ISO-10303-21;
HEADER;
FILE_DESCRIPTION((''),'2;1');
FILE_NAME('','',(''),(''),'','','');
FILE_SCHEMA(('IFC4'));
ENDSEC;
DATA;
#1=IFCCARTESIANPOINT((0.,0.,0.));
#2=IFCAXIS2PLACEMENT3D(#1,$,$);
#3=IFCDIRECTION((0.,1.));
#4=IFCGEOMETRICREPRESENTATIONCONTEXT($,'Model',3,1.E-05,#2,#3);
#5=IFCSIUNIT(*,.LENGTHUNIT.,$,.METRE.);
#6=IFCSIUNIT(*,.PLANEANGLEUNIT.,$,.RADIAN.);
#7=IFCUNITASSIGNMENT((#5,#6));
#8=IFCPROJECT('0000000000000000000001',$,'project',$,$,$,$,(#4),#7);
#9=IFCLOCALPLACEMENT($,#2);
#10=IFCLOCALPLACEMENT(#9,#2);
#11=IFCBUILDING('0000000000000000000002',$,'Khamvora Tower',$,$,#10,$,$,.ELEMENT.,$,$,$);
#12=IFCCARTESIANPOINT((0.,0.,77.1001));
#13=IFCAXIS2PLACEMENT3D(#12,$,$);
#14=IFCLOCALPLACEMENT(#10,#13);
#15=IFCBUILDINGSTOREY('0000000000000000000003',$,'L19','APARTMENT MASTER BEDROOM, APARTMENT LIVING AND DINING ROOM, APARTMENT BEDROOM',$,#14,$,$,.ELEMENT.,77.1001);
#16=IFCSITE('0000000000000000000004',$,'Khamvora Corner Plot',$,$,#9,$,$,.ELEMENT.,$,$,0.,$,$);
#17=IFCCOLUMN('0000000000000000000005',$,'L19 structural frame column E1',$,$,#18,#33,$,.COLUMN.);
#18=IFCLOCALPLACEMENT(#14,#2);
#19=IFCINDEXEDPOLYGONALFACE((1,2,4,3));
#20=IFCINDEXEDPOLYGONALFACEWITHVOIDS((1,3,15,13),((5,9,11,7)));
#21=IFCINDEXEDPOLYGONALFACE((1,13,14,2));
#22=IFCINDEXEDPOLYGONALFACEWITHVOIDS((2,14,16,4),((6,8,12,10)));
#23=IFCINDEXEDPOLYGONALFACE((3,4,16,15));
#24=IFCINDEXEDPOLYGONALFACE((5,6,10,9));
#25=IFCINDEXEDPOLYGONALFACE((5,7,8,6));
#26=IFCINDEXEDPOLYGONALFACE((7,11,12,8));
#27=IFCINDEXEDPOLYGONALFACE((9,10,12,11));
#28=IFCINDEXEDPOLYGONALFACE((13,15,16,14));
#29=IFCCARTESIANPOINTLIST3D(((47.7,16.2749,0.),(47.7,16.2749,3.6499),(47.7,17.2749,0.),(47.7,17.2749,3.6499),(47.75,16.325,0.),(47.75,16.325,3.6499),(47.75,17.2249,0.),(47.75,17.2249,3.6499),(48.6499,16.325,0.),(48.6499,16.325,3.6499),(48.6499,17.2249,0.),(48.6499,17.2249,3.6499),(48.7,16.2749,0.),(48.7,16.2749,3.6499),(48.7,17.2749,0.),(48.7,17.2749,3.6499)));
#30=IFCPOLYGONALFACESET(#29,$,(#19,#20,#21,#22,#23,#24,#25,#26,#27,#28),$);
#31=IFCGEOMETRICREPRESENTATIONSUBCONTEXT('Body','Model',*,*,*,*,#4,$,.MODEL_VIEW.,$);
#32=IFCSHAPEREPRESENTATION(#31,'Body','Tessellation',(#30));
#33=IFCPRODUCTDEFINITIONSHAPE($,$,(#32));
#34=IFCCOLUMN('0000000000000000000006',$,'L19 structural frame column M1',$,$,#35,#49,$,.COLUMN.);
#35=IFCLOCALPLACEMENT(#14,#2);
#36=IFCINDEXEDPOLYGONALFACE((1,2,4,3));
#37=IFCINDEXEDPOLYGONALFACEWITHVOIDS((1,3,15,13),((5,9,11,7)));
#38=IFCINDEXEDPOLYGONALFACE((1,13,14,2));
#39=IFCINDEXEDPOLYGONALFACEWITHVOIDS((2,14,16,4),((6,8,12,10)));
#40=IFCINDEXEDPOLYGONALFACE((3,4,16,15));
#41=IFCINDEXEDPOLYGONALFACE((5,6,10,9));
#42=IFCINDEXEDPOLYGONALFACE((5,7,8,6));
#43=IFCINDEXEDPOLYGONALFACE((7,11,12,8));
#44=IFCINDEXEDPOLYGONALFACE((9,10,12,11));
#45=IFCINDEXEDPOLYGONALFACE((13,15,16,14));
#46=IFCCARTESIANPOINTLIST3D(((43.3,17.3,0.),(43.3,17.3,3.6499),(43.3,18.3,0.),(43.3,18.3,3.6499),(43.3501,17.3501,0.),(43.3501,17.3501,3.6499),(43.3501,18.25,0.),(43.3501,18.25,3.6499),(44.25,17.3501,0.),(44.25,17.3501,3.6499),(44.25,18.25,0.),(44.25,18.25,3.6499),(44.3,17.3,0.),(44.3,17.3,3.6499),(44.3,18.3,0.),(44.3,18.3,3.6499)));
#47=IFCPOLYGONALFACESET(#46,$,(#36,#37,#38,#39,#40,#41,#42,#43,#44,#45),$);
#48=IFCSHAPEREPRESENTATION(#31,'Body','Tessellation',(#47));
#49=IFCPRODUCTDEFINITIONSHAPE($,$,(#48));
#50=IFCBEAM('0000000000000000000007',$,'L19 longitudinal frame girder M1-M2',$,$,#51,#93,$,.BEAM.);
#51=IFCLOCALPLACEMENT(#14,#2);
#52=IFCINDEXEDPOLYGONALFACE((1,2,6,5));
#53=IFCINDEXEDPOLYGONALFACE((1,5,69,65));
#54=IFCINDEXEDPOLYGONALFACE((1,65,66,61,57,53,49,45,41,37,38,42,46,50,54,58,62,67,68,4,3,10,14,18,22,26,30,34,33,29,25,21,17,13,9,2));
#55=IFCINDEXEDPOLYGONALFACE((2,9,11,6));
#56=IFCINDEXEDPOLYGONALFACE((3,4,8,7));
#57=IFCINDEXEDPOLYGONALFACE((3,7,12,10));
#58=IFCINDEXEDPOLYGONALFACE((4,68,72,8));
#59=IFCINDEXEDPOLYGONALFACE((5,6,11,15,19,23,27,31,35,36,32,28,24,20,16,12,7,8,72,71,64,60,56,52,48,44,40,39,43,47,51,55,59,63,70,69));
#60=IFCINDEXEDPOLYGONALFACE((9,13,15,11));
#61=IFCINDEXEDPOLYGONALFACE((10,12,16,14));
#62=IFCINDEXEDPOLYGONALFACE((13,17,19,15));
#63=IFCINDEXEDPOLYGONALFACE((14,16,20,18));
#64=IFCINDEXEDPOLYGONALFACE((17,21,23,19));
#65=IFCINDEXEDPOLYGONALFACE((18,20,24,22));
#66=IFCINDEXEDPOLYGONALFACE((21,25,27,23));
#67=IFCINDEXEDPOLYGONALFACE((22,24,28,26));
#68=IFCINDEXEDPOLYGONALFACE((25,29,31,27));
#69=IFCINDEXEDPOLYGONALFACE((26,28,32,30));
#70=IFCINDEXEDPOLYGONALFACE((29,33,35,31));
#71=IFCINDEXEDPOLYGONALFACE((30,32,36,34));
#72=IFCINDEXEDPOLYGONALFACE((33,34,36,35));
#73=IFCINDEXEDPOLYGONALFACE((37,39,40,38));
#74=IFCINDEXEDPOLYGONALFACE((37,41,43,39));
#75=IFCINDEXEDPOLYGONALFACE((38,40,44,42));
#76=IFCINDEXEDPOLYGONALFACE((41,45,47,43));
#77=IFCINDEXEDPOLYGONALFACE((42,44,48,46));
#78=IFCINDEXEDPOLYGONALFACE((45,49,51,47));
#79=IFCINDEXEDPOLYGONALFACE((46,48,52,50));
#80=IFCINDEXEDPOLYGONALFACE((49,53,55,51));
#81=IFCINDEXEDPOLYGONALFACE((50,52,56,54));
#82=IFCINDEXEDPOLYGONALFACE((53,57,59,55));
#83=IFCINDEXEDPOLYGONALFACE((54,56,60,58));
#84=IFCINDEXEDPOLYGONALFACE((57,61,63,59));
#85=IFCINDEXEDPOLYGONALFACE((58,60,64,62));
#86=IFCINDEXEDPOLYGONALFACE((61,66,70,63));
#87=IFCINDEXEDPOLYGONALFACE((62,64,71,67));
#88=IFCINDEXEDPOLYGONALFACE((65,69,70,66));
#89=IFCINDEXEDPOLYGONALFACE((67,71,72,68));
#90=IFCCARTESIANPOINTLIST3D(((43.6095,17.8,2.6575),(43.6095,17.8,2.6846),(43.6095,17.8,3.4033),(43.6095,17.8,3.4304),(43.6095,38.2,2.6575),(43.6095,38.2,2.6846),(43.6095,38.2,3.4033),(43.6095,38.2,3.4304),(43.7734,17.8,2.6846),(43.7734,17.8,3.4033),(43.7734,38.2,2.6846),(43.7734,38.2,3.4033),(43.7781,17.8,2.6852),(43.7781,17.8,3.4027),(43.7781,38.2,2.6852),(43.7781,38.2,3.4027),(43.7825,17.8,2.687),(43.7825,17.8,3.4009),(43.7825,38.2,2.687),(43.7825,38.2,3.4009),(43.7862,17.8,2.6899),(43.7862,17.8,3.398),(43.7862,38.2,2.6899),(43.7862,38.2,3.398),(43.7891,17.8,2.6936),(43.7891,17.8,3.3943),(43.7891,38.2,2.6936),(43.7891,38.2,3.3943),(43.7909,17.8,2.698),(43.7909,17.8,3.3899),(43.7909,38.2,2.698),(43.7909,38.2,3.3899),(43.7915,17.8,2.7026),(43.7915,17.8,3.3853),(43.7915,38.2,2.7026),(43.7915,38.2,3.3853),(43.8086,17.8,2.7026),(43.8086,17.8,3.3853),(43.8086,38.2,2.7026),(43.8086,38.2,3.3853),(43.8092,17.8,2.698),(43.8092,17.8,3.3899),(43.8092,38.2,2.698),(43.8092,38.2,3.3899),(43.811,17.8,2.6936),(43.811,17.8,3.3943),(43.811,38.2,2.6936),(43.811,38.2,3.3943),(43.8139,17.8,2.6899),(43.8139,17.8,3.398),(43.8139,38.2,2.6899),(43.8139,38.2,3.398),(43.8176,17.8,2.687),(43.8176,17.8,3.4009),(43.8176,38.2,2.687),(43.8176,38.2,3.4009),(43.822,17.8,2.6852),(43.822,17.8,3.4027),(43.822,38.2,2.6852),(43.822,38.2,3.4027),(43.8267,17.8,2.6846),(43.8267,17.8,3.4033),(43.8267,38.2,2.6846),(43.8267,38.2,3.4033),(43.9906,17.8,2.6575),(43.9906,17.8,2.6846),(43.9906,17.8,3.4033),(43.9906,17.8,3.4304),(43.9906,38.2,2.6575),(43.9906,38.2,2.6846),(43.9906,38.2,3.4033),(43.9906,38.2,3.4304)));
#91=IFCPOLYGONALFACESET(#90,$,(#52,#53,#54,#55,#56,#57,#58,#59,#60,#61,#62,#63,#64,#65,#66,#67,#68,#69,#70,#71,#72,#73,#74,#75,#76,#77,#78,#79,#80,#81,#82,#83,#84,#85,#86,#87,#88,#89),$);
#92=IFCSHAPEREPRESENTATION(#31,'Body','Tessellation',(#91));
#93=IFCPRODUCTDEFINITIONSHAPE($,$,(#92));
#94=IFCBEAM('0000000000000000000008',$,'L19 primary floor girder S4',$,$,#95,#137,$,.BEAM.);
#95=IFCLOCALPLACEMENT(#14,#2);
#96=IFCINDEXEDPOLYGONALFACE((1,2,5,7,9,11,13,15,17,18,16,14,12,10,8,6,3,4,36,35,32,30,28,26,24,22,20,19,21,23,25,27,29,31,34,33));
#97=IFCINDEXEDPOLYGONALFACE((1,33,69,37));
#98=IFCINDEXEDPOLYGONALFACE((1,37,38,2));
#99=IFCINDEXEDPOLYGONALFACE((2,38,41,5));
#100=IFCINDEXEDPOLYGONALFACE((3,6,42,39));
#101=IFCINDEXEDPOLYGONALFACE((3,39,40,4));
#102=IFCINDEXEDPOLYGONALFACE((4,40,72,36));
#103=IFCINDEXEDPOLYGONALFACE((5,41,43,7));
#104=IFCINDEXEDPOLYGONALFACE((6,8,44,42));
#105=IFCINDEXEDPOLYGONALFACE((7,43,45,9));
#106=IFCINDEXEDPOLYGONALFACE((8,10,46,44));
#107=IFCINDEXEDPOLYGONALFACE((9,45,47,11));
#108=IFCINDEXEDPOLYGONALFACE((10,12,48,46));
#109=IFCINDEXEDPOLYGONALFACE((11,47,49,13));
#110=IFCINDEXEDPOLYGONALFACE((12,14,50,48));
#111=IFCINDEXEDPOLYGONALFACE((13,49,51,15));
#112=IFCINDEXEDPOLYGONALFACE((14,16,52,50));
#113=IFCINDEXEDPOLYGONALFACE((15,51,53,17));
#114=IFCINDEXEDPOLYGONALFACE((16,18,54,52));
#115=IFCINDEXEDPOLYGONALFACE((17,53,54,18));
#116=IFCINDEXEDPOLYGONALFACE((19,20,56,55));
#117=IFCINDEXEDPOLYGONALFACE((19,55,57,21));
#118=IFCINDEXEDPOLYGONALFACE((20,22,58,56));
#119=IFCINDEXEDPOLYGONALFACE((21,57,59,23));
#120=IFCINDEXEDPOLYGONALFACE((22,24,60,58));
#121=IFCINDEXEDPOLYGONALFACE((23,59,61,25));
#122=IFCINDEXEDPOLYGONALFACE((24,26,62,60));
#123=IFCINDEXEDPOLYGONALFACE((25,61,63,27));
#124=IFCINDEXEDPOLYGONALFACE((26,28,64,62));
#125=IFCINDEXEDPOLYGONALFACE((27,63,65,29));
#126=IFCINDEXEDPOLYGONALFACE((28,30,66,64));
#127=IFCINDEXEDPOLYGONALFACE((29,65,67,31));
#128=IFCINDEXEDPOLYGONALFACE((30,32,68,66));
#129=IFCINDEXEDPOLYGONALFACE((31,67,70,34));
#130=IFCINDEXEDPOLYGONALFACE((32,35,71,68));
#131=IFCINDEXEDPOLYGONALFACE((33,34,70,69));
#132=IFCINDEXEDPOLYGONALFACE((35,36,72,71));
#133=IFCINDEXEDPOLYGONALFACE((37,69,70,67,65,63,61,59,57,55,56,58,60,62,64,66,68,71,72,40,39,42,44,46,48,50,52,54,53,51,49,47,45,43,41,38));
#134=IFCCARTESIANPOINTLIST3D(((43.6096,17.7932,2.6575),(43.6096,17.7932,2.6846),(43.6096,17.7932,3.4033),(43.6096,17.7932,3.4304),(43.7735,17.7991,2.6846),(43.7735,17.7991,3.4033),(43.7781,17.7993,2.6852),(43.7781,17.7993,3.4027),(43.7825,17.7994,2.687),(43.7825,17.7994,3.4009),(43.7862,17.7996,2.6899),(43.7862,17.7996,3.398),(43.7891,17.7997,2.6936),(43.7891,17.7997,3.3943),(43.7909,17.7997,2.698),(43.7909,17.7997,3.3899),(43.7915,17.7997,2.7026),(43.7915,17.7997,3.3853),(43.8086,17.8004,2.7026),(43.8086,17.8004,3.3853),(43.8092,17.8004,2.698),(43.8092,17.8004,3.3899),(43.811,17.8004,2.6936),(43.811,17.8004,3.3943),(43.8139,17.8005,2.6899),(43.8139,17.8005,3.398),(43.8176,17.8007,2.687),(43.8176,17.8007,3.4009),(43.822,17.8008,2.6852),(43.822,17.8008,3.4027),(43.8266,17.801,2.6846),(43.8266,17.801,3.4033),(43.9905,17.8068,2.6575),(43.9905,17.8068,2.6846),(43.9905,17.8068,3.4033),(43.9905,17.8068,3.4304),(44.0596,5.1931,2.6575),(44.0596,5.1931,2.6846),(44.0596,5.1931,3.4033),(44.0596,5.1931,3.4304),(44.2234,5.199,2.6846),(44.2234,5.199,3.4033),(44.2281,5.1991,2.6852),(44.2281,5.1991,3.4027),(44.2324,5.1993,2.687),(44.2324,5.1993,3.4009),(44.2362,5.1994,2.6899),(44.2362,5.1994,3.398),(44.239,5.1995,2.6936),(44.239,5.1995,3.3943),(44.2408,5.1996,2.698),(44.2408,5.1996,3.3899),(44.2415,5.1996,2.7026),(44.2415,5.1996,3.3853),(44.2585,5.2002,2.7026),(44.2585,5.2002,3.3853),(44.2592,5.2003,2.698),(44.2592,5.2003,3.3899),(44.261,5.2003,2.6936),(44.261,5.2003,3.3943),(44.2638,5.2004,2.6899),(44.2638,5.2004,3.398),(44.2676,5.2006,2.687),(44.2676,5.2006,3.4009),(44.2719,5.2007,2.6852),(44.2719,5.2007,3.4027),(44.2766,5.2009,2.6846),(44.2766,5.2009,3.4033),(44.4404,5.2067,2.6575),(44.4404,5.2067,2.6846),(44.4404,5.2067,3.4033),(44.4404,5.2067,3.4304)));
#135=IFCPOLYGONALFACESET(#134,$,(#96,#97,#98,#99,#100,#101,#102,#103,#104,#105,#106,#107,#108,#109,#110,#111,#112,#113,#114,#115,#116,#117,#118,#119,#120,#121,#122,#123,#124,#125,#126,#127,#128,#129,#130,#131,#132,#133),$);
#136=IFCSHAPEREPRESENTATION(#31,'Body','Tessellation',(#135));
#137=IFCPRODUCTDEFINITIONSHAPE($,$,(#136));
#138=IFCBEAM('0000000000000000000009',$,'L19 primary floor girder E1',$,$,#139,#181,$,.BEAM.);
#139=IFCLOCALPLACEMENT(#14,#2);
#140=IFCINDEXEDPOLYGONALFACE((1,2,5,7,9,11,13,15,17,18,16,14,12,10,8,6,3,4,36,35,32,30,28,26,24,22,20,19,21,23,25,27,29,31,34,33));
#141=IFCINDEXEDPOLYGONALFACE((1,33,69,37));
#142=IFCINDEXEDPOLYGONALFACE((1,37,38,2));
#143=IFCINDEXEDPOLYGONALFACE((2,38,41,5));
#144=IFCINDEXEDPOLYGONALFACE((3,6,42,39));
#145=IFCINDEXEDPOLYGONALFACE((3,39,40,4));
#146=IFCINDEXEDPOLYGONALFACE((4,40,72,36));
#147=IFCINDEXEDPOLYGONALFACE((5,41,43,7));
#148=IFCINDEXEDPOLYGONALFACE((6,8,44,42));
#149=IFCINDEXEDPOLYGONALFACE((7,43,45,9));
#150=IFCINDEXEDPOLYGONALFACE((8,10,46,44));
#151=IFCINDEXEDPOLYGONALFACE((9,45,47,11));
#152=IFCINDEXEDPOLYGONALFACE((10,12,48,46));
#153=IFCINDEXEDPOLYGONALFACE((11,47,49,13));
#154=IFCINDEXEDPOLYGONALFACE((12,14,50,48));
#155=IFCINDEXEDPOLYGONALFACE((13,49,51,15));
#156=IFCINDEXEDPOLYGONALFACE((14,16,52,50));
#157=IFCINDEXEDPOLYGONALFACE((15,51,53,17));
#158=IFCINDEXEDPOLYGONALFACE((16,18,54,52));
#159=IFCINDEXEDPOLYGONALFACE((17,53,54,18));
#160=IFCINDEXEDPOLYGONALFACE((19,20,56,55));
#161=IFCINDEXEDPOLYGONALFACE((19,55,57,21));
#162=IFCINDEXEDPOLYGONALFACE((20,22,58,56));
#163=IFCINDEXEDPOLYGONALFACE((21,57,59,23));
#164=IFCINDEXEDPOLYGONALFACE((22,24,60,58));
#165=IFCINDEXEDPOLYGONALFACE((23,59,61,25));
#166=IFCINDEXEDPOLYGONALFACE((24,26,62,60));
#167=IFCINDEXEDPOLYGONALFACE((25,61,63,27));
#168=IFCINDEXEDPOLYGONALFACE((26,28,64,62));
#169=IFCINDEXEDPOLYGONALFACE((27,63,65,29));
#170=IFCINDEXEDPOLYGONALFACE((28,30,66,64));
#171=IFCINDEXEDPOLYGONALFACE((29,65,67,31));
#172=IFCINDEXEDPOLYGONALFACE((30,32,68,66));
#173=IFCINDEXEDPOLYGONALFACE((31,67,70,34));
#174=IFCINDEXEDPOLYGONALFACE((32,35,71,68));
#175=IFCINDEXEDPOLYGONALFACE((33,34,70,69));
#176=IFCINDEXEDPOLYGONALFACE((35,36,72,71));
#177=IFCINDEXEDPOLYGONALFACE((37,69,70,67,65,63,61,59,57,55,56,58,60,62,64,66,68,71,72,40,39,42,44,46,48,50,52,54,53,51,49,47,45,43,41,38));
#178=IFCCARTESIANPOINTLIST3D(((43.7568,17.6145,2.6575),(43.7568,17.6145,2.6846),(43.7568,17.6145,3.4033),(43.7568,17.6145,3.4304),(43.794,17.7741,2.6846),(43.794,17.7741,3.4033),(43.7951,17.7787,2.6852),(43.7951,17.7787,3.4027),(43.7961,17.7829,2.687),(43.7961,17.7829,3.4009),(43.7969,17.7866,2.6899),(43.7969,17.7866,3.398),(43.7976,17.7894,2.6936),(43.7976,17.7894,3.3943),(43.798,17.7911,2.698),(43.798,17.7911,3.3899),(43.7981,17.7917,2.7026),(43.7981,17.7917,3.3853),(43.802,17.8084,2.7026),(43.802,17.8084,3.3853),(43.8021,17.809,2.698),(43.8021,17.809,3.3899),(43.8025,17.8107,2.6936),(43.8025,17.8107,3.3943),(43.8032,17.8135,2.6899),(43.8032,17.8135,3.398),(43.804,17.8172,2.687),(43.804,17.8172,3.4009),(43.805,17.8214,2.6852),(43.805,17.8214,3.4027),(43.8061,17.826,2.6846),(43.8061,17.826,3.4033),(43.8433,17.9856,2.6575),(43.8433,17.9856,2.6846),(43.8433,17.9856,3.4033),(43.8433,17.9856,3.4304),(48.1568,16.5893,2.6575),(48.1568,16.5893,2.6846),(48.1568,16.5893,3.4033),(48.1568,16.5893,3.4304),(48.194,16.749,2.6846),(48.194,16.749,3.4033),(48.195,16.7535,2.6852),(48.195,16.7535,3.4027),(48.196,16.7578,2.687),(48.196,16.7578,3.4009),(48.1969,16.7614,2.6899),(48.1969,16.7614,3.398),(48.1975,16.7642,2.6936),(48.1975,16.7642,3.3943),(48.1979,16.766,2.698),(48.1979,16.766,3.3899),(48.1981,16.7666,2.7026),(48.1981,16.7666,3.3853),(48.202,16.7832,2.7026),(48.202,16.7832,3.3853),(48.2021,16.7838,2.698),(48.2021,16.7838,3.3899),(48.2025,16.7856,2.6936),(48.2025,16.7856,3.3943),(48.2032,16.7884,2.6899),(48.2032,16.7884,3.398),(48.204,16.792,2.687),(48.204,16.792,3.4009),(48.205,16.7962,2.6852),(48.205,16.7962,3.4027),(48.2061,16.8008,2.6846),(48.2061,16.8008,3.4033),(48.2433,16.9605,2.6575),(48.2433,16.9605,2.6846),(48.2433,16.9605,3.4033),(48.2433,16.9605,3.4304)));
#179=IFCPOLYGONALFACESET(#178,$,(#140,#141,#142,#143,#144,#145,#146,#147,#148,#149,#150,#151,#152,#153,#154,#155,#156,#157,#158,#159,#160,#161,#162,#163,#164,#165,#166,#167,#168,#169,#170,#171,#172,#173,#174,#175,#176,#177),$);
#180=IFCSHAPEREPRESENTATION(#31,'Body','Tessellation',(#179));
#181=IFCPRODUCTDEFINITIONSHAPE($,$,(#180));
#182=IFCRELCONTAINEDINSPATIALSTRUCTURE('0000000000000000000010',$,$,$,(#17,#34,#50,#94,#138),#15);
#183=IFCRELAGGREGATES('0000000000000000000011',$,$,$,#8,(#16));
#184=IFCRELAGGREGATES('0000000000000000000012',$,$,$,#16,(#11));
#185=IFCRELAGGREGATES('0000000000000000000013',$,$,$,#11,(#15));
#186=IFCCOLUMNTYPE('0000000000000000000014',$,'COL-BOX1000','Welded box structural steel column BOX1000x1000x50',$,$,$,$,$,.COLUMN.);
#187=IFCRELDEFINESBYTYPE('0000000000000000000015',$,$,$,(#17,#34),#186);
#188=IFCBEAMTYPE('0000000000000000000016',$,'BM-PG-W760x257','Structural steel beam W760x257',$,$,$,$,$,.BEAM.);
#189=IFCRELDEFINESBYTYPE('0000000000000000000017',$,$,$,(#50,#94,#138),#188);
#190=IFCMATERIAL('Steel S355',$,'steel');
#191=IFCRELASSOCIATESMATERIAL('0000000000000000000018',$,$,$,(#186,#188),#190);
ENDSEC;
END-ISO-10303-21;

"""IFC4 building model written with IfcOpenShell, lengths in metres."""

from ifc_helpers import new_model, si_unit, direction, frame, origin, origin_2d, place, context, subcontext, project, spatial, hollow_rectangle, i_section, extrude, material, material_profile, profile_set, type_object, element, save


model = new_model("IFC4")

# Units and contexts
model_context = context("Model", 3, precision=1e-05, world=origin(), true_north=direction((0.0, 1.0)))
body_context = subcontext(model_context, "Body", "Model", "MODEL_VIEW")
ifc_project = project(units=[si_unit("LENGTHUNIT", "METRE"), si_unit("PLANEANGLEUNIT", "RADIAN")], contexts=[model_context])

# Site, building, storey
site_placement = place(None, origin())
site = spatial("IfcSite", under=ifc_project, at=site_placement, Name="Khamvora Corner Plot", CompositionType="ELEMENT", RefElevation=0.0)
building_placement = place(site_placement, origin())
building = spatial("IfcBuilding", under=site, at=building_placement, Name="Khamvora Tower", CompositionType="ELEMENT")
storey_placement = place(building_placement, frame((0.0, 0.0, 77.1001)))
storey = spatial("IfcBuildingStorey", under=building, at=storey_placement, Name="L19", Description="APARTMENT MASTER BEDROOM, APARTMENT LIVING AND DINING ROOM, APARTMENT BEDROOM", CompositionType="ELEMENT", Elevation=77.1001)

# Columns
ifc_material_1 = material(Name="Steel S355", Category="steel")
ifc_material_profile_1 = material_profile(ifc_material_1, hollow_rectangle(XDim=1.0, YDim=1.0, WallThickness=0.05, at=origin_2d()), Name="BOX1000x1000x50")
ifc_profile_set_1 = profile_set([ifc_material_profile_1], Name="Steel S355")
column_type = type_object("IfcColumnType", Name="COL-BOX1000", Description="Welded box structural steel column BOX1000x1000x50", PredefinedType="COLUMN", material=ifc_profile_set_1)
for number, where, z_axis, x_axis, name in (
    (1, (48.2, 16.7749, 0.0), (0.0, 0.0, 1.0), (1.0, 0.0, 0.0), "L19 structural frame column E1"),
    (2, (43.8, 17.8, 0.0), (0.0, 0.0, 1.0), (1.0, 0.0, 0.0), "L19 structural frame column M1"),
):
    element("IfcColumn", number, at=place(storey_placement, frame(where, z_axis=z_axis, x_axis=x_axis)), inside=storey, type_object=column_type, Name=name, PredefinedType="COLUMN", context=body_context, shape_type="SweptSolid", body=[
        extrude(hollow_rectangle(XDim=1.0, YDim=1.0, WallThickness=0.05, at=origin_2d()), origin(), (0.0, 0.0, 1.0), 3.6499),
    ])

# Beams
ifc_material_profile_2 = material_profile(ifc_material_1, i_section(OverallWidth=0.3811, OverallDepth=0.7729, WebThickness=0.0171, FlangeThickness=0.0271, FilletRadius=0.0181, at=origin_2d()), Name="W760x257")
ifc_profile_set_2 = profile_set([ifc_material_profile_2], Name="Steel S355")
beam_type_1 = type_object("IfcBeamType", Name="BM-PG-W760x257", Description="Structural steel beam W760x257", PredefinedType="BEAM", material=ifc_profile_set_2)
beam_1_placement = place(storey_placement, frame((43.8, 17.8, 3.0439), z_axis=(0.0, 1.0, 0.0), x_axis=(-1.0, 0.0, 0.0)))
element("IfcBeam", 3, at=beam_1_placement, inside=storey, type_object=beam_type_1, Name="L19 longitudinal frame girder M1-M2", PredefinedType="BEAM", context=body_context, shape_type="SweptSolid", body=[
    extrude(i_section(OverallWidth=0.3811, OverallDepth=0.7729, WebThickness=0.0171, FlangeThickness=0.0271, FilletRadius=0.0181, at=origin_2d()), origin(), (0.0, 0.0, 1.0), 20.3999),
])
beam_2_placement = place(storey_placement, frame((43.8, 17.8, 3.0439), z_axis=(0.035687, -0.999363, 0.0), x_axis=(0.999363, 0.035687, 0.0)))
element("IfcBeam", 4, at=beam_2_placement, inside=storey, type_object=beam_type_1, Name="L19 primary floor girder S4", PredefinedType="BEAM", context=body_context, shape_type="SweptSolid", body=[
    extrude(i_section(OverallWidth=0.3811, OverallDepth=0.7729, WebThickness=0.0171, FlangeThickness=0.0271, FilletRadius=0.0181, at=origin_2d()), origin(), (0.0, 0.0, 1.0), 12.6082),
])
beam_3_placement = place(storey_placement, frame((43.8, 17.8, 3.0439), z_axis=(0.973915, -0.226915, 0.0), x_axis=(0.226915, 0.973915, 0.0)))
element("IfcBeam", 5, at=beam_3_placement, inside=storey, type_object=beam_type_1, Name="L19 primary floor girder E1", PredefinedType="BEAM", context=body_context, shape_type="SweptSolid", body=[
    extrude(i_section(OverallWidth=0.3811, OverallDepth=0.7729, WebThickness=0.0171, FlangeThickness=0.0271, FilletRadius=0.0181, at=origin_2d()), origin(), (0.0, 0.0, 1.0), 4.5178),
])

save(model, "model.ifc")
